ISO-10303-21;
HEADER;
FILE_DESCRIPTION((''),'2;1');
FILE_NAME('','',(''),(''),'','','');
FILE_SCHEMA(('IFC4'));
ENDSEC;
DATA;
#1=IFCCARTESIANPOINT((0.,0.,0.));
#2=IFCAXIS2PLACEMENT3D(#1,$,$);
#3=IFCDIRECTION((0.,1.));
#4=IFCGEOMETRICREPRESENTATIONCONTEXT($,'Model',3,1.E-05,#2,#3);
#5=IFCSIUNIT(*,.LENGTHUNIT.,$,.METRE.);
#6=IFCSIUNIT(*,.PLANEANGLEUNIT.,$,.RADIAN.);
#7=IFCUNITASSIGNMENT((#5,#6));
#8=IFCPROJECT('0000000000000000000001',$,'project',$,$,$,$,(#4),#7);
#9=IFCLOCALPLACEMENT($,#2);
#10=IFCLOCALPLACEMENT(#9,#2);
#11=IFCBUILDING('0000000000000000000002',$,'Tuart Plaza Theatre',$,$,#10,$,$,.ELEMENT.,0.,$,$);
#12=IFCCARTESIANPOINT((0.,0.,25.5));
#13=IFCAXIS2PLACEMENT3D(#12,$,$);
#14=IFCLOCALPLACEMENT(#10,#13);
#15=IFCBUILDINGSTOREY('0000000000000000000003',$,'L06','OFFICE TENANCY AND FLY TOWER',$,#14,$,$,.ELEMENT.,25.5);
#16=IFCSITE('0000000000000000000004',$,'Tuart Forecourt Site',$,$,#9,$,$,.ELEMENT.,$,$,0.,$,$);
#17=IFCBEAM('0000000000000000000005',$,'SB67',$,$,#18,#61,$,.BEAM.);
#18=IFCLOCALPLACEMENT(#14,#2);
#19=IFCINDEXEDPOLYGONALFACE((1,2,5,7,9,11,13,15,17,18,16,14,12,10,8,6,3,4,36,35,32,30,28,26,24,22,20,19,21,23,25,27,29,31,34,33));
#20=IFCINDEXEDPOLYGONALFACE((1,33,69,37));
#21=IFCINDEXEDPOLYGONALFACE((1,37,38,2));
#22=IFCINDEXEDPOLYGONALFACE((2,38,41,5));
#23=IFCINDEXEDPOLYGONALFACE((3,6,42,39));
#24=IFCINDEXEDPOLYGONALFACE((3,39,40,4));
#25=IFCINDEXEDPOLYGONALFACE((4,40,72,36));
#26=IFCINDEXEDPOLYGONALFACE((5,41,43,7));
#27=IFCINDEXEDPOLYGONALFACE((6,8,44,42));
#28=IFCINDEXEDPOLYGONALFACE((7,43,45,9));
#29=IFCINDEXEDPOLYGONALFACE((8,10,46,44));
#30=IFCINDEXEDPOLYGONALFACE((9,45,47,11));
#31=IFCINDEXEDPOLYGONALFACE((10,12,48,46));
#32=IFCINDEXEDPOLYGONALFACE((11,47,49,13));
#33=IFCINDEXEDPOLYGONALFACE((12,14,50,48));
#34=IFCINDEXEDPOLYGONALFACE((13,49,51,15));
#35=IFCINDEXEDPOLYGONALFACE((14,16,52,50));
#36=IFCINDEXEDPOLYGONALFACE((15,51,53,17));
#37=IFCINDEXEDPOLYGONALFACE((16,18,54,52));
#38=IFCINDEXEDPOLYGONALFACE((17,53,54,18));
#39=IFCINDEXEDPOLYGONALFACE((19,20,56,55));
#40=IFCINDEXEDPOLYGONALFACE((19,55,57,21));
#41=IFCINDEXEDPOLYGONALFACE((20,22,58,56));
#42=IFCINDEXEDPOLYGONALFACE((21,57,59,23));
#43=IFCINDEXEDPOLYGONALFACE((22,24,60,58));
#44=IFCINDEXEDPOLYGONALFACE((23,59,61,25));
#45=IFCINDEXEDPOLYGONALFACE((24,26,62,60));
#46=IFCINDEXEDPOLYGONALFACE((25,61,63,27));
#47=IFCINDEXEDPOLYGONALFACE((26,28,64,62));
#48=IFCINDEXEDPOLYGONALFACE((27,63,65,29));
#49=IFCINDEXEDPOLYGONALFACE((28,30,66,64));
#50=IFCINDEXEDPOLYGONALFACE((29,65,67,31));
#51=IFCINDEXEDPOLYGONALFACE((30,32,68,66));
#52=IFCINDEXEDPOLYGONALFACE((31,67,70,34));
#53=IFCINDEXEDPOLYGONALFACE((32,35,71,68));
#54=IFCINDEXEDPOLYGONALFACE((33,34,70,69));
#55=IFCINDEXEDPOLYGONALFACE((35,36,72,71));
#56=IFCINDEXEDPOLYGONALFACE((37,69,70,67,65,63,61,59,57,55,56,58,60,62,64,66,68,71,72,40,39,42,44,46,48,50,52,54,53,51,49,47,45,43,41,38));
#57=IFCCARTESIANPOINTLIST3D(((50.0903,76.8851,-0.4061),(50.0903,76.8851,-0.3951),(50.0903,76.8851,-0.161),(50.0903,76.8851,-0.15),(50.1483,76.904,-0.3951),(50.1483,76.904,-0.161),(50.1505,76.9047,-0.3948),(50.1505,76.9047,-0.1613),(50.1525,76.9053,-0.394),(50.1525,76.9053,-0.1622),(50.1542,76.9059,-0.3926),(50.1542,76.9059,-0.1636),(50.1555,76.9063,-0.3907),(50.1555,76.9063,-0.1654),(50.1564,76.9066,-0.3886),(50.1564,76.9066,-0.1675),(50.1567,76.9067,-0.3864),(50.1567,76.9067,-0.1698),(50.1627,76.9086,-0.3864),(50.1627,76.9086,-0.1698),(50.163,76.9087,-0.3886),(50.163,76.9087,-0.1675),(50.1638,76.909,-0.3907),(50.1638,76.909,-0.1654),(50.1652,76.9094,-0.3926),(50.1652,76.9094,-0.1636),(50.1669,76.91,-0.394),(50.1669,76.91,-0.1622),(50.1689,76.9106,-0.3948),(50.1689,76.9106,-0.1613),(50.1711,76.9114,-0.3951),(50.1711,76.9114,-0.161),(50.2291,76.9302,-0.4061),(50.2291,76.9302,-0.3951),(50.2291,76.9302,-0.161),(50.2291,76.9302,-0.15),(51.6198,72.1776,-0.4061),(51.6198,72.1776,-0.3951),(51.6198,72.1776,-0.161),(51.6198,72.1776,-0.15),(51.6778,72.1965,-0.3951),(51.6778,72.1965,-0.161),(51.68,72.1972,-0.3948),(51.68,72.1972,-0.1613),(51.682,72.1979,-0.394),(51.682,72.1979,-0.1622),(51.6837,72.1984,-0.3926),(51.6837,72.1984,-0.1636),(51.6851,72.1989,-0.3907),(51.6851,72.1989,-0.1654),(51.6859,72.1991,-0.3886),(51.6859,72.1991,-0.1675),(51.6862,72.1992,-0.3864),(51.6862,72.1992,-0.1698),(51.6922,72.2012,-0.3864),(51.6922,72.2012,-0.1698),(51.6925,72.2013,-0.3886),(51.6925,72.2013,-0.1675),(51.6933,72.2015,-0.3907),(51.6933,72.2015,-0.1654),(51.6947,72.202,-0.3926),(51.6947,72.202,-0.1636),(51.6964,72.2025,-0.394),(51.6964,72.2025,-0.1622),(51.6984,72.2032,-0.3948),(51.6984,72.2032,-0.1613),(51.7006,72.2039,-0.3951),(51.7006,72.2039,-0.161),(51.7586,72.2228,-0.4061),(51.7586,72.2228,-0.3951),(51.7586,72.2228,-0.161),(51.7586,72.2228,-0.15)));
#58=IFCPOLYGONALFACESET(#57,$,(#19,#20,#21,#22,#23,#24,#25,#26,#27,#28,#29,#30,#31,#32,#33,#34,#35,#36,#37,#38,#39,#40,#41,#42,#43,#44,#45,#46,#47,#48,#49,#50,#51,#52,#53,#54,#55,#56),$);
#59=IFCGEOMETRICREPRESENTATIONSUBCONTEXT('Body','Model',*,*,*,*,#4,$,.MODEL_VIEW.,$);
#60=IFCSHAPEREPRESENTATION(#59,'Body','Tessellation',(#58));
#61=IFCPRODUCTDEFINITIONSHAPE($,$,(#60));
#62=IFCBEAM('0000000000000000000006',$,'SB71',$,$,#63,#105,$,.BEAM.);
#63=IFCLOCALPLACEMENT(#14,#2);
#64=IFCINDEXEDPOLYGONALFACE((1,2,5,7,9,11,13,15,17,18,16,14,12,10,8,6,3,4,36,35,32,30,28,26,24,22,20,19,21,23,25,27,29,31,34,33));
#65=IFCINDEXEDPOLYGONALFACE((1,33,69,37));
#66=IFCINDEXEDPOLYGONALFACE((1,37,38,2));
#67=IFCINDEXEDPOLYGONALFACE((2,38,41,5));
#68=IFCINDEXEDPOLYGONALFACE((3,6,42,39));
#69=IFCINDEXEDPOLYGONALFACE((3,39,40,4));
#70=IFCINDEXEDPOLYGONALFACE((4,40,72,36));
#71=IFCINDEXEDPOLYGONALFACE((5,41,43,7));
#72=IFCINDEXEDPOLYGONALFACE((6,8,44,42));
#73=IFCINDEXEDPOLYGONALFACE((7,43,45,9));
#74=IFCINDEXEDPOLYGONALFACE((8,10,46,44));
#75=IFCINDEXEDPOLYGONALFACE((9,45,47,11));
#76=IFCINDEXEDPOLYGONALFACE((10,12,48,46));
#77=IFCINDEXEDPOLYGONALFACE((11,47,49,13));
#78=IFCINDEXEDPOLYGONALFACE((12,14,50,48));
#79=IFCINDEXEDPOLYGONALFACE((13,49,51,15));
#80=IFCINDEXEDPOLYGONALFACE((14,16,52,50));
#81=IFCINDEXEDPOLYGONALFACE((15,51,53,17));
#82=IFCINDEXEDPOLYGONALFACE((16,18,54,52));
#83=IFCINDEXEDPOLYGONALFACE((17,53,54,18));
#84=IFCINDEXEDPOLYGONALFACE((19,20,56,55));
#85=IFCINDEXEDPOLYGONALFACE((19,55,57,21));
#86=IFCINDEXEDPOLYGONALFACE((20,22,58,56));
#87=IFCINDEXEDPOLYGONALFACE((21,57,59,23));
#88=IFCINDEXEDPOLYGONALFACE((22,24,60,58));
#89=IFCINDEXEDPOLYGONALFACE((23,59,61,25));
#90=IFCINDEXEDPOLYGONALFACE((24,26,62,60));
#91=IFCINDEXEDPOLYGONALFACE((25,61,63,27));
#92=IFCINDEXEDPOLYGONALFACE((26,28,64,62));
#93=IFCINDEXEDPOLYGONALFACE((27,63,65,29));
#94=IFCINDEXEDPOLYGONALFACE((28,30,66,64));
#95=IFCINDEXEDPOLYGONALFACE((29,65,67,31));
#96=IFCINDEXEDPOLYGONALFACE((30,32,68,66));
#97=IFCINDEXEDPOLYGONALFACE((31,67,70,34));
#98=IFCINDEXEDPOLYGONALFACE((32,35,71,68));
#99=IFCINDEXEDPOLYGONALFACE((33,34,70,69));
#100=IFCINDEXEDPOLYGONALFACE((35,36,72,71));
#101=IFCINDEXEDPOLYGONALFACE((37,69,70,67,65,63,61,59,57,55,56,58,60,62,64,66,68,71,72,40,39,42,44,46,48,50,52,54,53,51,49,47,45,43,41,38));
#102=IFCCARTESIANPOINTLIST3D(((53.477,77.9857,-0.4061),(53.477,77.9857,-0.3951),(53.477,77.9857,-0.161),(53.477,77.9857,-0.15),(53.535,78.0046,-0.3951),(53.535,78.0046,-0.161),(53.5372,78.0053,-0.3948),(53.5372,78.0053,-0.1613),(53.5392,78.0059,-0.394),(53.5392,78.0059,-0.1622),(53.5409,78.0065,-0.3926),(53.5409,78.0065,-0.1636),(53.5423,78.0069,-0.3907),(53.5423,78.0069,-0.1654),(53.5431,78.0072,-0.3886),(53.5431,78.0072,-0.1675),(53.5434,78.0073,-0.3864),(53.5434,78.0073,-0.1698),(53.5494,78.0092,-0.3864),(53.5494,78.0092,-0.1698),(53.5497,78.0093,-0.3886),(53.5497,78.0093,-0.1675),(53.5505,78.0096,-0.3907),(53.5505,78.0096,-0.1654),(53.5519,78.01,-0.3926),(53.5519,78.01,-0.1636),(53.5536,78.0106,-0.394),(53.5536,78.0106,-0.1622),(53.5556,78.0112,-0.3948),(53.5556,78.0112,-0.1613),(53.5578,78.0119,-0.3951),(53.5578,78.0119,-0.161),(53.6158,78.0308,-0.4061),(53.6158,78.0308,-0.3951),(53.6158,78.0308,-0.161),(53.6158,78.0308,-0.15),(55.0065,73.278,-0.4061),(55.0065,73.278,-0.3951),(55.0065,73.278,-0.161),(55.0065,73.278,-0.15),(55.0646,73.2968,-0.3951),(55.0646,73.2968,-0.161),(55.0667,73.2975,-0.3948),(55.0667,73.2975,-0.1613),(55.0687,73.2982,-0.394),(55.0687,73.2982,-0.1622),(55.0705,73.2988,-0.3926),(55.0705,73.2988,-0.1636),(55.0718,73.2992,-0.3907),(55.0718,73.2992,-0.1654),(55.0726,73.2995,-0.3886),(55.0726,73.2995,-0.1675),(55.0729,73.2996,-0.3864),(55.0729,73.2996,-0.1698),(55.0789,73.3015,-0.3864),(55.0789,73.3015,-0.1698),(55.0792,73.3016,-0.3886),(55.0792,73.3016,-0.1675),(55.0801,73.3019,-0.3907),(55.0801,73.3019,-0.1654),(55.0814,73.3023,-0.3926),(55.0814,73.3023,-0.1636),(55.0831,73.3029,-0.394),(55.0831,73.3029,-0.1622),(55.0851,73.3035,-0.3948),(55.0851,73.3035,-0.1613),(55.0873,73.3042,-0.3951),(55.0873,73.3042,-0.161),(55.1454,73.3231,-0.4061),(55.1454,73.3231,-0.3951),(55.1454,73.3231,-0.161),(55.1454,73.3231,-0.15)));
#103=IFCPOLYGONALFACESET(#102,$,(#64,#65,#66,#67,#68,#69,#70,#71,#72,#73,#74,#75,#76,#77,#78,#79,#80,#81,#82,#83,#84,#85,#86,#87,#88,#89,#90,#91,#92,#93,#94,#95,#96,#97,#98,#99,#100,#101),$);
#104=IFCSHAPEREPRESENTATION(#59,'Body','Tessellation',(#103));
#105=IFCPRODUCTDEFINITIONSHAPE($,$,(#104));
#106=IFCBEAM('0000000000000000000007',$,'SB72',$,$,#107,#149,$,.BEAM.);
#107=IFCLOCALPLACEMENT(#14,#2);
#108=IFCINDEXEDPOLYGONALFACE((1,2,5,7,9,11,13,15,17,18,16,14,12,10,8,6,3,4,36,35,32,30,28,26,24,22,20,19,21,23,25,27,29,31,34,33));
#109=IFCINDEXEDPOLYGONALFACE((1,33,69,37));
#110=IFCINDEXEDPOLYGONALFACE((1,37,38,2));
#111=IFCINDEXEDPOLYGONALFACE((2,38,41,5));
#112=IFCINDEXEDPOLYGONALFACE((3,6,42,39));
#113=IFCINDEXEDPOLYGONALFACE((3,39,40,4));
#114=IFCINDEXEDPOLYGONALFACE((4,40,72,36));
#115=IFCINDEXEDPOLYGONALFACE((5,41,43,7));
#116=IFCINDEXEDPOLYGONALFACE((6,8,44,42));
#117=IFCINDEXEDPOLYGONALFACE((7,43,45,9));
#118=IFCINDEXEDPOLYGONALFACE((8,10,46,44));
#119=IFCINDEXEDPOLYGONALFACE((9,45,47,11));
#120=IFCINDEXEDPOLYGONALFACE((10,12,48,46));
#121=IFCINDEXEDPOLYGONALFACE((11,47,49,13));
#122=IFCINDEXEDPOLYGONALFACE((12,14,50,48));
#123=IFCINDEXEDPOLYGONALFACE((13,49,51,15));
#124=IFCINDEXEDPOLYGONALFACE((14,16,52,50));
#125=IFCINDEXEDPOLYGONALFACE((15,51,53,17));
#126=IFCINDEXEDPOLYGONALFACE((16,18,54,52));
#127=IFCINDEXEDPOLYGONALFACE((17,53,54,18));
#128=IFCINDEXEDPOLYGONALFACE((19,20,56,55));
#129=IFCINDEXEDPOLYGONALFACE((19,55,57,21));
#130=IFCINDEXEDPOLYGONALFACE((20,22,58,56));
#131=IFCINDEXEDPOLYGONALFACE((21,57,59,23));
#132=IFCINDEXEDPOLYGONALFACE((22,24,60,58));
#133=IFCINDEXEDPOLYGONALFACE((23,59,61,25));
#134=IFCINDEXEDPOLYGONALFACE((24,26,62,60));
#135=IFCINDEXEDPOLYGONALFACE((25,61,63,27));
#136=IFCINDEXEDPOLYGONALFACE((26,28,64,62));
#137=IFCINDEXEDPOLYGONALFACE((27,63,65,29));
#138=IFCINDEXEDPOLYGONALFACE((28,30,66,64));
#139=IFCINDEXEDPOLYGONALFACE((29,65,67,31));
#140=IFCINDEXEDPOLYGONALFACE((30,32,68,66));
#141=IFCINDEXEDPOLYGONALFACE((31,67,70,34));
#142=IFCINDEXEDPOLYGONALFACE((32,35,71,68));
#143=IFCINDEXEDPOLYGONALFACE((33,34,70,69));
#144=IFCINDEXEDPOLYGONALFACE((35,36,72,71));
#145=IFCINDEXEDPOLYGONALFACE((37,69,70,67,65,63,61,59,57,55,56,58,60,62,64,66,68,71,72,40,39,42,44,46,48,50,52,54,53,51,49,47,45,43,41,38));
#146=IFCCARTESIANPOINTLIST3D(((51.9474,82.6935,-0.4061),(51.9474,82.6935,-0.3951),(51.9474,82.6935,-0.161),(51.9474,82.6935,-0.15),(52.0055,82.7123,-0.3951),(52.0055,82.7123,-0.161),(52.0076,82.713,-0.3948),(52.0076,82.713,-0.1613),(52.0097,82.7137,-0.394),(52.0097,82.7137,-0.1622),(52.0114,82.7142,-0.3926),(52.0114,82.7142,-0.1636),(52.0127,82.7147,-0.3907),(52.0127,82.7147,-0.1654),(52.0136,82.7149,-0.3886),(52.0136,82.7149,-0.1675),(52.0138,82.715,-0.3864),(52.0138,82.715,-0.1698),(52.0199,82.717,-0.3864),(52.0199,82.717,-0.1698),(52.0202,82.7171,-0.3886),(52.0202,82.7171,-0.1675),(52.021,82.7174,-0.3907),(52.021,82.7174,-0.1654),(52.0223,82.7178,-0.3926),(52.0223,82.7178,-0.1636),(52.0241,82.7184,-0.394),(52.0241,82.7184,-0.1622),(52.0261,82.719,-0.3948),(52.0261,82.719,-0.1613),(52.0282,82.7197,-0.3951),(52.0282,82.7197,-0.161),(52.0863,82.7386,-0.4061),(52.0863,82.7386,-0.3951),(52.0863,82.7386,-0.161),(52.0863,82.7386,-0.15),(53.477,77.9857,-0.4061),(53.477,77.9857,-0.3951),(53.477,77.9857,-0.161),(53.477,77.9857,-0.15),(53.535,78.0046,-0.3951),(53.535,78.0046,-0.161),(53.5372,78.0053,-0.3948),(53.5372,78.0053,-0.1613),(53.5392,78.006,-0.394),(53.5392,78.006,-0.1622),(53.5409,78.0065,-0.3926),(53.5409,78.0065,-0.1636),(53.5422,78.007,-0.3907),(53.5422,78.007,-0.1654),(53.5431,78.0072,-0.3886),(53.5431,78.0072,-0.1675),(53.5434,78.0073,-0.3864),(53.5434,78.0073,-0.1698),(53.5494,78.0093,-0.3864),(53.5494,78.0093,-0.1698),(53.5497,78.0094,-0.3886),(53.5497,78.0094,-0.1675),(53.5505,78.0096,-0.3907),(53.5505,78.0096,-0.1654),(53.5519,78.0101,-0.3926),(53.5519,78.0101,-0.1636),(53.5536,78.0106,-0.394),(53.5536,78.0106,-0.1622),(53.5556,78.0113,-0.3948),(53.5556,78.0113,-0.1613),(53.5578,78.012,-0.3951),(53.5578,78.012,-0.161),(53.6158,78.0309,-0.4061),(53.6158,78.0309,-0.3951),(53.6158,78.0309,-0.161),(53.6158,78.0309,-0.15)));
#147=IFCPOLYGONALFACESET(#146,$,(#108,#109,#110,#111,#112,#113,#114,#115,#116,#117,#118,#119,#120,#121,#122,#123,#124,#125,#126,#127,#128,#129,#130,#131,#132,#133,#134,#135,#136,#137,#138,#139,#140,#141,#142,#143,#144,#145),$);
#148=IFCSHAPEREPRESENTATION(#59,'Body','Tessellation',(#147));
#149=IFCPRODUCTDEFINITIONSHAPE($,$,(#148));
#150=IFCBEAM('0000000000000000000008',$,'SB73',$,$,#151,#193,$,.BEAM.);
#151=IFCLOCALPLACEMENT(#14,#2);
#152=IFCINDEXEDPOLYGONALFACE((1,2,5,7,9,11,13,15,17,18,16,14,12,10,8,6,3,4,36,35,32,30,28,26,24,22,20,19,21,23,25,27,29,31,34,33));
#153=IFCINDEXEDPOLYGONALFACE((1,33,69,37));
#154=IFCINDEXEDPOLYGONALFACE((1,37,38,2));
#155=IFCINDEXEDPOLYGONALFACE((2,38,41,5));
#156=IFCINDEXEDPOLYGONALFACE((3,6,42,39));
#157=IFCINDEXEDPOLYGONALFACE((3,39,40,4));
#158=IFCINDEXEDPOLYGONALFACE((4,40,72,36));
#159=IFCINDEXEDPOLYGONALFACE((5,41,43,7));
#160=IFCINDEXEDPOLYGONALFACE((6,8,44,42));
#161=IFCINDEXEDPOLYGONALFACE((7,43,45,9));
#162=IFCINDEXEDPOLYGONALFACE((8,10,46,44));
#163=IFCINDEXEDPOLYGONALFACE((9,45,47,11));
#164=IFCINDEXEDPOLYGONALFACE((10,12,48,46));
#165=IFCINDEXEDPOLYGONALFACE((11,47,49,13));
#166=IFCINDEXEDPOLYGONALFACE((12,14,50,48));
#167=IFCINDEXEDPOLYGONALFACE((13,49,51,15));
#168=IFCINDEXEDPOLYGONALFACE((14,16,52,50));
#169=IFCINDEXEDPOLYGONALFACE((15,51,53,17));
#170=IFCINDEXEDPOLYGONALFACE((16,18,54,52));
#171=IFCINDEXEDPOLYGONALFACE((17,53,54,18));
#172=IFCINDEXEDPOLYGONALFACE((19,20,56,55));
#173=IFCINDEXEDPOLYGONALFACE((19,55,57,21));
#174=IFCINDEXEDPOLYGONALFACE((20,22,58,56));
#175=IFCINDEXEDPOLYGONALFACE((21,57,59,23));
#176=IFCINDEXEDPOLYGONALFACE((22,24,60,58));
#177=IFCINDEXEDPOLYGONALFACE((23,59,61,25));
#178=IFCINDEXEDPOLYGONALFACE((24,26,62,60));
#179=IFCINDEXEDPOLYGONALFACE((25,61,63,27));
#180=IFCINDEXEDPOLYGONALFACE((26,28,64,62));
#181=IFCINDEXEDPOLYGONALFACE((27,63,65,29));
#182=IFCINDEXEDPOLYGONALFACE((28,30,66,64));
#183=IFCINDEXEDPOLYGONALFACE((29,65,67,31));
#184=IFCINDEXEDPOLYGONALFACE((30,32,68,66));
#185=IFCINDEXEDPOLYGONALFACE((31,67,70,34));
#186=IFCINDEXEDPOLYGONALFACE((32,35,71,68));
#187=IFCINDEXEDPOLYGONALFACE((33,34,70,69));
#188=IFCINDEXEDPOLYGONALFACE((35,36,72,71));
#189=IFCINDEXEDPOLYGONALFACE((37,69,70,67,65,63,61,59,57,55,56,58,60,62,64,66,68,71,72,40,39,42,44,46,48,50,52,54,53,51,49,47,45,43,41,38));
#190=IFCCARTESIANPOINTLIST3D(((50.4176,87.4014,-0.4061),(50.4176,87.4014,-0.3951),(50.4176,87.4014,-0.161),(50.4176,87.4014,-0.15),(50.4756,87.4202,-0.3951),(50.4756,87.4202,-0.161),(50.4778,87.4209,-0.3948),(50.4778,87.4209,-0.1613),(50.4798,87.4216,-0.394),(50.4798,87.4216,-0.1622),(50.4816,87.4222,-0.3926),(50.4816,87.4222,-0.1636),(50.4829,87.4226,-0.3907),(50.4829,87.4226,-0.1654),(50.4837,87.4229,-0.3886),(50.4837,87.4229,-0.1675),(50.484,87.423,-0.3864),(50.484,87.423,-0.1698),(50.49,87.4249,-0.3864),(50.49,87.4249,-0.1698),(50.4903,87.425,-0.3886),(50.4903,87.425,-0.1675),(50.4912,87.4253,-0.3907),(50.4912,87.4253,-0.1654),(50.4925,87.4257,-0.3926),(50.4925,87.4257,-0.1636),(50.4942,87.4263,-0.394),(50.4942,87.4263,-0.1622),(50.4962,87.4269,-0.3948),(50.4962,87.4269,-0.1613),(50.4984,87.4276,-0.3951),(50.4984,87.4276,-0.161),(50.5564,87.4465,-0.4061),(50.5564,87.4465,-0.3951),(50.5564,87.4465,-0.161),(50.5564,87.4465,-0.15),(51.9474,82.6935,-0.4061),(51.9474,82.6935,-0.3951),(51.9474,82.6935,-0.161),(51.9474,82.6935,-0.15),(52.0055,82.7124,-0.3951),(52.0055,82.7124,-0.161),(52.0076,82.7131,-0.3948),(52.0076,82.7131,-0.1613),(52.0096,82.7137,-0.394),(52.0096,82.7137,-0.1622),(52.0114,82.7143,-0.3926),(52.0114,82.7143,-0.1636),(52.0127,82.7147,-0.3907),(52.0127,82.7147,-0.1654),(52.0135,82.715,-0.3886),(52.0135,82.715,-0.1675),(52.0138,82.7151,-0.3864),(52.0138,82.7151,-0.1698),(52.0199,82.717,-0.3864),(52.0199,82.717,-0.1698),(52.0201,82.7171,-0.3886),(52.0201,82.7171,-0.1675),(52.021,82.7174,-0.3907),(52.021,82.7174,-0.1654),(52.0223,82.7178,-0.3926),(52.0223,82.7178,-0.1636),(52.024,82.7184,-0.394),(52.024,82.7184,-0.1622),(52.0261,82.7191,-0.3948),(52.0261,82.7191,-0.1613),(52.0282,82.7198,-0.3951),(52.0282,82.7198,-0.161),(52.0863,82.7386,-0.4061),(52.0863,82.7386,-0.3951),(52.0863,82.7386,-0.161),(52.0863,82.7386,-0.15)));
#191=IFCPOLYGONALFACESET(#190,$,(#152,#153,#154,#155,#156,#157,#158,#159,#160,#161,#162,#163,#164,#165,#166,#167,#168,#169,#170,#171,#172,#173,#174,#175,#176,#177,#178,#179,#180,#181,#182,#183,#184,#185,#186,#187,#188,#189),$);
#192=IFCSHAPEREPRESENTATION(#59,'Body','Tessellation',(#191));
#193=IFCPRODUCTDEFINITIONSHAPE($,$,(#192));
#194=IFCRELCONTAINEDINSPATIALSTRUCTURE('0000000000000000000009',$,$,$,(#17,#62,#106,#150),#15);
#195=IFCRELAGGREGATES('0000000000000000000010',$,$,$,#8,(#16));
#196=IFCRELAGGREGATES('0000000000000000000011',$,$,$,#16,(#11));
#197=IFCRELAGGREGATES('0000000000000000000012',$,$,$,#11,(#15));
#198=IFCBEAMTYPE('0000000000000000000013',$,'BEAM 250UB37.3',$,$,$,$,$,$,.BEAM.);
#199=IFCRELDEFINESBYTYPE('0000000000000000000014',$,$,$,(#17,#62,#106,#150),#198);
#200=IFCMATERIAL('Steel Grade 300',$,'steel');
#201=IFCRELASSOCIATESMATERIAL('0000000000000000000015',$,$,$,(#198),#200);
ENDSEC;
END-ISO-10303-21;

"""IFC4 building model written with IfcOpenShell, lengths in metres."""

from ifc_helpers import new_model, si_unit, direction, frame, origin, origin_2d, place, context, subcontext, project, spatial, i_section, extrude, material, material_profile, profile_set, type_object, element, save


model = new_model("IFC4")

# Units and contexts
model_context = context("Model", 3, precision=1e-05, world=origin(), true_north=direction((0.0, 1.0)))
body_context = subcontext(model_context, "Body", "Model", "MODEL_VIEW")
ifc_project = project(units=[si_unit("LENGTHUNIT", "METRE"), si_unit("PLANEANGLEUNIT", "RADIAN")], contexts=[model_context])

# Site, building, storey
site_placement = place(None, origin())
site = spatial("IfcSite", under=ifc_project, at=site_placement, Name="Tuart Forecourt Site", CompositionType="ELEMENT", RefElevation=0.0)
building_placement = place(site_placement, origin())
building = spatial("IfcBuilding", under=site, at=building_placement, Name="Tuart Plaza Theatre", CompositionType="ELEMENT", ElevationOfRefHeight=0.0)
storey_placement = place(building_placement, frame((0.0, 0.0, 25.5)))
storey = spatial("IfcBuildingStorey", under=building, at=storey_placement, Name="L06", Description="OFFICE TENANCY AND FLY TOWER", CompositionType="ELEMENT", Elevation=25.5)

# Beams
ifc_material_1 = material(Name="Steel Grade 300", Category="steel")
ifc_material_profile_1 = material_profile(ifc_material_1, i_section(OverallWidth=0.146, OverallDepth=0.2561, WebThickness=0.0063, FlangeThickness=0.011, FilletRadius=0.0088, at=origin_2d()), Name="250UB37.3")
ifc_profile_set_1 = profile_set([ifc_material_profile_1], Name="Steel Grade 300")
beam_type = type_object("IfcBeamType", Name="BEAM 250UB37.3", PredefinedType="BEAM", material=ifc_profile_set_1)
beam_1_placement = place(storey_placement, frame((51.6892, 72.2002, -0.2781), z_axis=(-0.309012, 0.951058, 0.0), x_axis=(-0.951058, -0.309012, 0.0)))
element("IfcBeam", 1, at=beam_1_placement, inside=storey, type_object=beam_type, Name="SB67", PredefinedType="BEAM", context=body_context, shape_type="SweptSolid", body=[
    extrude(i_section(OverallWidth=0.146, OverallDepth=0.2561, WebThickness=0.0063, FlangeThickness=0.011, FilletRadius=0.0088, at=origin_2d()), origin(), (0.0, 0.0, 1.0), 4.9497),
])
for number, where, z_axis, x_axis, name in (
    (2, (55.0759, 73.3005, -0.2781), (-0.308998, 0.951063, 0.0), (-0.951063, -0.308998, 0.0), "SB71"),
    (3, (53.5464, 78.0083, -0.2781), (-0.308998, 0.951063, 0.0), (-0.951063, -0.308998, 0.0), "SB72"),
):
    element("IfcBeam", number, at=place(storey_placement, frame(where, z_axis=z_axis, x_axis=x_axis)), inside=storey, type_object=beam_type, Name=name, PredefinedType="BEAM", context=body_context, shape_type="SweptSolid", body=[
        extrude(i_section(OverallWidth=0.146, OverallDepth=0.2561, WebThickness=0.0063, FlangeThickness=0.011, FilletRadius=0.0088, at=origin_2d()), origin(), (0.0, 0.0, 1.0), 4.95),
    ])
beam_2_placement = place(storey_placement, frame((52.0168, 82.7161, -0.2781), z_axis=(-0.309043, 0.951048, 0.0), x_axis=(-0.951048, -0.309043, 0.0)))
element("IfcBeam", 4, at=beam_2_placement, inside=storey, type_object=beam_type, Name="SB73", PredefinedType="BEAM", context=body_context, shape_type="SweptSolid", body=[
    extrude(i_section(OverallWidth=0.146, OverallDepth=0.2561, WebThickness=0.0063, FlangeThickness=0.011, FilletRadius=0.0088, at=origin_2d()), origin(), (0.0, 0.0, 1.0), 4.9502),
])

save(model, "model.ifc")
